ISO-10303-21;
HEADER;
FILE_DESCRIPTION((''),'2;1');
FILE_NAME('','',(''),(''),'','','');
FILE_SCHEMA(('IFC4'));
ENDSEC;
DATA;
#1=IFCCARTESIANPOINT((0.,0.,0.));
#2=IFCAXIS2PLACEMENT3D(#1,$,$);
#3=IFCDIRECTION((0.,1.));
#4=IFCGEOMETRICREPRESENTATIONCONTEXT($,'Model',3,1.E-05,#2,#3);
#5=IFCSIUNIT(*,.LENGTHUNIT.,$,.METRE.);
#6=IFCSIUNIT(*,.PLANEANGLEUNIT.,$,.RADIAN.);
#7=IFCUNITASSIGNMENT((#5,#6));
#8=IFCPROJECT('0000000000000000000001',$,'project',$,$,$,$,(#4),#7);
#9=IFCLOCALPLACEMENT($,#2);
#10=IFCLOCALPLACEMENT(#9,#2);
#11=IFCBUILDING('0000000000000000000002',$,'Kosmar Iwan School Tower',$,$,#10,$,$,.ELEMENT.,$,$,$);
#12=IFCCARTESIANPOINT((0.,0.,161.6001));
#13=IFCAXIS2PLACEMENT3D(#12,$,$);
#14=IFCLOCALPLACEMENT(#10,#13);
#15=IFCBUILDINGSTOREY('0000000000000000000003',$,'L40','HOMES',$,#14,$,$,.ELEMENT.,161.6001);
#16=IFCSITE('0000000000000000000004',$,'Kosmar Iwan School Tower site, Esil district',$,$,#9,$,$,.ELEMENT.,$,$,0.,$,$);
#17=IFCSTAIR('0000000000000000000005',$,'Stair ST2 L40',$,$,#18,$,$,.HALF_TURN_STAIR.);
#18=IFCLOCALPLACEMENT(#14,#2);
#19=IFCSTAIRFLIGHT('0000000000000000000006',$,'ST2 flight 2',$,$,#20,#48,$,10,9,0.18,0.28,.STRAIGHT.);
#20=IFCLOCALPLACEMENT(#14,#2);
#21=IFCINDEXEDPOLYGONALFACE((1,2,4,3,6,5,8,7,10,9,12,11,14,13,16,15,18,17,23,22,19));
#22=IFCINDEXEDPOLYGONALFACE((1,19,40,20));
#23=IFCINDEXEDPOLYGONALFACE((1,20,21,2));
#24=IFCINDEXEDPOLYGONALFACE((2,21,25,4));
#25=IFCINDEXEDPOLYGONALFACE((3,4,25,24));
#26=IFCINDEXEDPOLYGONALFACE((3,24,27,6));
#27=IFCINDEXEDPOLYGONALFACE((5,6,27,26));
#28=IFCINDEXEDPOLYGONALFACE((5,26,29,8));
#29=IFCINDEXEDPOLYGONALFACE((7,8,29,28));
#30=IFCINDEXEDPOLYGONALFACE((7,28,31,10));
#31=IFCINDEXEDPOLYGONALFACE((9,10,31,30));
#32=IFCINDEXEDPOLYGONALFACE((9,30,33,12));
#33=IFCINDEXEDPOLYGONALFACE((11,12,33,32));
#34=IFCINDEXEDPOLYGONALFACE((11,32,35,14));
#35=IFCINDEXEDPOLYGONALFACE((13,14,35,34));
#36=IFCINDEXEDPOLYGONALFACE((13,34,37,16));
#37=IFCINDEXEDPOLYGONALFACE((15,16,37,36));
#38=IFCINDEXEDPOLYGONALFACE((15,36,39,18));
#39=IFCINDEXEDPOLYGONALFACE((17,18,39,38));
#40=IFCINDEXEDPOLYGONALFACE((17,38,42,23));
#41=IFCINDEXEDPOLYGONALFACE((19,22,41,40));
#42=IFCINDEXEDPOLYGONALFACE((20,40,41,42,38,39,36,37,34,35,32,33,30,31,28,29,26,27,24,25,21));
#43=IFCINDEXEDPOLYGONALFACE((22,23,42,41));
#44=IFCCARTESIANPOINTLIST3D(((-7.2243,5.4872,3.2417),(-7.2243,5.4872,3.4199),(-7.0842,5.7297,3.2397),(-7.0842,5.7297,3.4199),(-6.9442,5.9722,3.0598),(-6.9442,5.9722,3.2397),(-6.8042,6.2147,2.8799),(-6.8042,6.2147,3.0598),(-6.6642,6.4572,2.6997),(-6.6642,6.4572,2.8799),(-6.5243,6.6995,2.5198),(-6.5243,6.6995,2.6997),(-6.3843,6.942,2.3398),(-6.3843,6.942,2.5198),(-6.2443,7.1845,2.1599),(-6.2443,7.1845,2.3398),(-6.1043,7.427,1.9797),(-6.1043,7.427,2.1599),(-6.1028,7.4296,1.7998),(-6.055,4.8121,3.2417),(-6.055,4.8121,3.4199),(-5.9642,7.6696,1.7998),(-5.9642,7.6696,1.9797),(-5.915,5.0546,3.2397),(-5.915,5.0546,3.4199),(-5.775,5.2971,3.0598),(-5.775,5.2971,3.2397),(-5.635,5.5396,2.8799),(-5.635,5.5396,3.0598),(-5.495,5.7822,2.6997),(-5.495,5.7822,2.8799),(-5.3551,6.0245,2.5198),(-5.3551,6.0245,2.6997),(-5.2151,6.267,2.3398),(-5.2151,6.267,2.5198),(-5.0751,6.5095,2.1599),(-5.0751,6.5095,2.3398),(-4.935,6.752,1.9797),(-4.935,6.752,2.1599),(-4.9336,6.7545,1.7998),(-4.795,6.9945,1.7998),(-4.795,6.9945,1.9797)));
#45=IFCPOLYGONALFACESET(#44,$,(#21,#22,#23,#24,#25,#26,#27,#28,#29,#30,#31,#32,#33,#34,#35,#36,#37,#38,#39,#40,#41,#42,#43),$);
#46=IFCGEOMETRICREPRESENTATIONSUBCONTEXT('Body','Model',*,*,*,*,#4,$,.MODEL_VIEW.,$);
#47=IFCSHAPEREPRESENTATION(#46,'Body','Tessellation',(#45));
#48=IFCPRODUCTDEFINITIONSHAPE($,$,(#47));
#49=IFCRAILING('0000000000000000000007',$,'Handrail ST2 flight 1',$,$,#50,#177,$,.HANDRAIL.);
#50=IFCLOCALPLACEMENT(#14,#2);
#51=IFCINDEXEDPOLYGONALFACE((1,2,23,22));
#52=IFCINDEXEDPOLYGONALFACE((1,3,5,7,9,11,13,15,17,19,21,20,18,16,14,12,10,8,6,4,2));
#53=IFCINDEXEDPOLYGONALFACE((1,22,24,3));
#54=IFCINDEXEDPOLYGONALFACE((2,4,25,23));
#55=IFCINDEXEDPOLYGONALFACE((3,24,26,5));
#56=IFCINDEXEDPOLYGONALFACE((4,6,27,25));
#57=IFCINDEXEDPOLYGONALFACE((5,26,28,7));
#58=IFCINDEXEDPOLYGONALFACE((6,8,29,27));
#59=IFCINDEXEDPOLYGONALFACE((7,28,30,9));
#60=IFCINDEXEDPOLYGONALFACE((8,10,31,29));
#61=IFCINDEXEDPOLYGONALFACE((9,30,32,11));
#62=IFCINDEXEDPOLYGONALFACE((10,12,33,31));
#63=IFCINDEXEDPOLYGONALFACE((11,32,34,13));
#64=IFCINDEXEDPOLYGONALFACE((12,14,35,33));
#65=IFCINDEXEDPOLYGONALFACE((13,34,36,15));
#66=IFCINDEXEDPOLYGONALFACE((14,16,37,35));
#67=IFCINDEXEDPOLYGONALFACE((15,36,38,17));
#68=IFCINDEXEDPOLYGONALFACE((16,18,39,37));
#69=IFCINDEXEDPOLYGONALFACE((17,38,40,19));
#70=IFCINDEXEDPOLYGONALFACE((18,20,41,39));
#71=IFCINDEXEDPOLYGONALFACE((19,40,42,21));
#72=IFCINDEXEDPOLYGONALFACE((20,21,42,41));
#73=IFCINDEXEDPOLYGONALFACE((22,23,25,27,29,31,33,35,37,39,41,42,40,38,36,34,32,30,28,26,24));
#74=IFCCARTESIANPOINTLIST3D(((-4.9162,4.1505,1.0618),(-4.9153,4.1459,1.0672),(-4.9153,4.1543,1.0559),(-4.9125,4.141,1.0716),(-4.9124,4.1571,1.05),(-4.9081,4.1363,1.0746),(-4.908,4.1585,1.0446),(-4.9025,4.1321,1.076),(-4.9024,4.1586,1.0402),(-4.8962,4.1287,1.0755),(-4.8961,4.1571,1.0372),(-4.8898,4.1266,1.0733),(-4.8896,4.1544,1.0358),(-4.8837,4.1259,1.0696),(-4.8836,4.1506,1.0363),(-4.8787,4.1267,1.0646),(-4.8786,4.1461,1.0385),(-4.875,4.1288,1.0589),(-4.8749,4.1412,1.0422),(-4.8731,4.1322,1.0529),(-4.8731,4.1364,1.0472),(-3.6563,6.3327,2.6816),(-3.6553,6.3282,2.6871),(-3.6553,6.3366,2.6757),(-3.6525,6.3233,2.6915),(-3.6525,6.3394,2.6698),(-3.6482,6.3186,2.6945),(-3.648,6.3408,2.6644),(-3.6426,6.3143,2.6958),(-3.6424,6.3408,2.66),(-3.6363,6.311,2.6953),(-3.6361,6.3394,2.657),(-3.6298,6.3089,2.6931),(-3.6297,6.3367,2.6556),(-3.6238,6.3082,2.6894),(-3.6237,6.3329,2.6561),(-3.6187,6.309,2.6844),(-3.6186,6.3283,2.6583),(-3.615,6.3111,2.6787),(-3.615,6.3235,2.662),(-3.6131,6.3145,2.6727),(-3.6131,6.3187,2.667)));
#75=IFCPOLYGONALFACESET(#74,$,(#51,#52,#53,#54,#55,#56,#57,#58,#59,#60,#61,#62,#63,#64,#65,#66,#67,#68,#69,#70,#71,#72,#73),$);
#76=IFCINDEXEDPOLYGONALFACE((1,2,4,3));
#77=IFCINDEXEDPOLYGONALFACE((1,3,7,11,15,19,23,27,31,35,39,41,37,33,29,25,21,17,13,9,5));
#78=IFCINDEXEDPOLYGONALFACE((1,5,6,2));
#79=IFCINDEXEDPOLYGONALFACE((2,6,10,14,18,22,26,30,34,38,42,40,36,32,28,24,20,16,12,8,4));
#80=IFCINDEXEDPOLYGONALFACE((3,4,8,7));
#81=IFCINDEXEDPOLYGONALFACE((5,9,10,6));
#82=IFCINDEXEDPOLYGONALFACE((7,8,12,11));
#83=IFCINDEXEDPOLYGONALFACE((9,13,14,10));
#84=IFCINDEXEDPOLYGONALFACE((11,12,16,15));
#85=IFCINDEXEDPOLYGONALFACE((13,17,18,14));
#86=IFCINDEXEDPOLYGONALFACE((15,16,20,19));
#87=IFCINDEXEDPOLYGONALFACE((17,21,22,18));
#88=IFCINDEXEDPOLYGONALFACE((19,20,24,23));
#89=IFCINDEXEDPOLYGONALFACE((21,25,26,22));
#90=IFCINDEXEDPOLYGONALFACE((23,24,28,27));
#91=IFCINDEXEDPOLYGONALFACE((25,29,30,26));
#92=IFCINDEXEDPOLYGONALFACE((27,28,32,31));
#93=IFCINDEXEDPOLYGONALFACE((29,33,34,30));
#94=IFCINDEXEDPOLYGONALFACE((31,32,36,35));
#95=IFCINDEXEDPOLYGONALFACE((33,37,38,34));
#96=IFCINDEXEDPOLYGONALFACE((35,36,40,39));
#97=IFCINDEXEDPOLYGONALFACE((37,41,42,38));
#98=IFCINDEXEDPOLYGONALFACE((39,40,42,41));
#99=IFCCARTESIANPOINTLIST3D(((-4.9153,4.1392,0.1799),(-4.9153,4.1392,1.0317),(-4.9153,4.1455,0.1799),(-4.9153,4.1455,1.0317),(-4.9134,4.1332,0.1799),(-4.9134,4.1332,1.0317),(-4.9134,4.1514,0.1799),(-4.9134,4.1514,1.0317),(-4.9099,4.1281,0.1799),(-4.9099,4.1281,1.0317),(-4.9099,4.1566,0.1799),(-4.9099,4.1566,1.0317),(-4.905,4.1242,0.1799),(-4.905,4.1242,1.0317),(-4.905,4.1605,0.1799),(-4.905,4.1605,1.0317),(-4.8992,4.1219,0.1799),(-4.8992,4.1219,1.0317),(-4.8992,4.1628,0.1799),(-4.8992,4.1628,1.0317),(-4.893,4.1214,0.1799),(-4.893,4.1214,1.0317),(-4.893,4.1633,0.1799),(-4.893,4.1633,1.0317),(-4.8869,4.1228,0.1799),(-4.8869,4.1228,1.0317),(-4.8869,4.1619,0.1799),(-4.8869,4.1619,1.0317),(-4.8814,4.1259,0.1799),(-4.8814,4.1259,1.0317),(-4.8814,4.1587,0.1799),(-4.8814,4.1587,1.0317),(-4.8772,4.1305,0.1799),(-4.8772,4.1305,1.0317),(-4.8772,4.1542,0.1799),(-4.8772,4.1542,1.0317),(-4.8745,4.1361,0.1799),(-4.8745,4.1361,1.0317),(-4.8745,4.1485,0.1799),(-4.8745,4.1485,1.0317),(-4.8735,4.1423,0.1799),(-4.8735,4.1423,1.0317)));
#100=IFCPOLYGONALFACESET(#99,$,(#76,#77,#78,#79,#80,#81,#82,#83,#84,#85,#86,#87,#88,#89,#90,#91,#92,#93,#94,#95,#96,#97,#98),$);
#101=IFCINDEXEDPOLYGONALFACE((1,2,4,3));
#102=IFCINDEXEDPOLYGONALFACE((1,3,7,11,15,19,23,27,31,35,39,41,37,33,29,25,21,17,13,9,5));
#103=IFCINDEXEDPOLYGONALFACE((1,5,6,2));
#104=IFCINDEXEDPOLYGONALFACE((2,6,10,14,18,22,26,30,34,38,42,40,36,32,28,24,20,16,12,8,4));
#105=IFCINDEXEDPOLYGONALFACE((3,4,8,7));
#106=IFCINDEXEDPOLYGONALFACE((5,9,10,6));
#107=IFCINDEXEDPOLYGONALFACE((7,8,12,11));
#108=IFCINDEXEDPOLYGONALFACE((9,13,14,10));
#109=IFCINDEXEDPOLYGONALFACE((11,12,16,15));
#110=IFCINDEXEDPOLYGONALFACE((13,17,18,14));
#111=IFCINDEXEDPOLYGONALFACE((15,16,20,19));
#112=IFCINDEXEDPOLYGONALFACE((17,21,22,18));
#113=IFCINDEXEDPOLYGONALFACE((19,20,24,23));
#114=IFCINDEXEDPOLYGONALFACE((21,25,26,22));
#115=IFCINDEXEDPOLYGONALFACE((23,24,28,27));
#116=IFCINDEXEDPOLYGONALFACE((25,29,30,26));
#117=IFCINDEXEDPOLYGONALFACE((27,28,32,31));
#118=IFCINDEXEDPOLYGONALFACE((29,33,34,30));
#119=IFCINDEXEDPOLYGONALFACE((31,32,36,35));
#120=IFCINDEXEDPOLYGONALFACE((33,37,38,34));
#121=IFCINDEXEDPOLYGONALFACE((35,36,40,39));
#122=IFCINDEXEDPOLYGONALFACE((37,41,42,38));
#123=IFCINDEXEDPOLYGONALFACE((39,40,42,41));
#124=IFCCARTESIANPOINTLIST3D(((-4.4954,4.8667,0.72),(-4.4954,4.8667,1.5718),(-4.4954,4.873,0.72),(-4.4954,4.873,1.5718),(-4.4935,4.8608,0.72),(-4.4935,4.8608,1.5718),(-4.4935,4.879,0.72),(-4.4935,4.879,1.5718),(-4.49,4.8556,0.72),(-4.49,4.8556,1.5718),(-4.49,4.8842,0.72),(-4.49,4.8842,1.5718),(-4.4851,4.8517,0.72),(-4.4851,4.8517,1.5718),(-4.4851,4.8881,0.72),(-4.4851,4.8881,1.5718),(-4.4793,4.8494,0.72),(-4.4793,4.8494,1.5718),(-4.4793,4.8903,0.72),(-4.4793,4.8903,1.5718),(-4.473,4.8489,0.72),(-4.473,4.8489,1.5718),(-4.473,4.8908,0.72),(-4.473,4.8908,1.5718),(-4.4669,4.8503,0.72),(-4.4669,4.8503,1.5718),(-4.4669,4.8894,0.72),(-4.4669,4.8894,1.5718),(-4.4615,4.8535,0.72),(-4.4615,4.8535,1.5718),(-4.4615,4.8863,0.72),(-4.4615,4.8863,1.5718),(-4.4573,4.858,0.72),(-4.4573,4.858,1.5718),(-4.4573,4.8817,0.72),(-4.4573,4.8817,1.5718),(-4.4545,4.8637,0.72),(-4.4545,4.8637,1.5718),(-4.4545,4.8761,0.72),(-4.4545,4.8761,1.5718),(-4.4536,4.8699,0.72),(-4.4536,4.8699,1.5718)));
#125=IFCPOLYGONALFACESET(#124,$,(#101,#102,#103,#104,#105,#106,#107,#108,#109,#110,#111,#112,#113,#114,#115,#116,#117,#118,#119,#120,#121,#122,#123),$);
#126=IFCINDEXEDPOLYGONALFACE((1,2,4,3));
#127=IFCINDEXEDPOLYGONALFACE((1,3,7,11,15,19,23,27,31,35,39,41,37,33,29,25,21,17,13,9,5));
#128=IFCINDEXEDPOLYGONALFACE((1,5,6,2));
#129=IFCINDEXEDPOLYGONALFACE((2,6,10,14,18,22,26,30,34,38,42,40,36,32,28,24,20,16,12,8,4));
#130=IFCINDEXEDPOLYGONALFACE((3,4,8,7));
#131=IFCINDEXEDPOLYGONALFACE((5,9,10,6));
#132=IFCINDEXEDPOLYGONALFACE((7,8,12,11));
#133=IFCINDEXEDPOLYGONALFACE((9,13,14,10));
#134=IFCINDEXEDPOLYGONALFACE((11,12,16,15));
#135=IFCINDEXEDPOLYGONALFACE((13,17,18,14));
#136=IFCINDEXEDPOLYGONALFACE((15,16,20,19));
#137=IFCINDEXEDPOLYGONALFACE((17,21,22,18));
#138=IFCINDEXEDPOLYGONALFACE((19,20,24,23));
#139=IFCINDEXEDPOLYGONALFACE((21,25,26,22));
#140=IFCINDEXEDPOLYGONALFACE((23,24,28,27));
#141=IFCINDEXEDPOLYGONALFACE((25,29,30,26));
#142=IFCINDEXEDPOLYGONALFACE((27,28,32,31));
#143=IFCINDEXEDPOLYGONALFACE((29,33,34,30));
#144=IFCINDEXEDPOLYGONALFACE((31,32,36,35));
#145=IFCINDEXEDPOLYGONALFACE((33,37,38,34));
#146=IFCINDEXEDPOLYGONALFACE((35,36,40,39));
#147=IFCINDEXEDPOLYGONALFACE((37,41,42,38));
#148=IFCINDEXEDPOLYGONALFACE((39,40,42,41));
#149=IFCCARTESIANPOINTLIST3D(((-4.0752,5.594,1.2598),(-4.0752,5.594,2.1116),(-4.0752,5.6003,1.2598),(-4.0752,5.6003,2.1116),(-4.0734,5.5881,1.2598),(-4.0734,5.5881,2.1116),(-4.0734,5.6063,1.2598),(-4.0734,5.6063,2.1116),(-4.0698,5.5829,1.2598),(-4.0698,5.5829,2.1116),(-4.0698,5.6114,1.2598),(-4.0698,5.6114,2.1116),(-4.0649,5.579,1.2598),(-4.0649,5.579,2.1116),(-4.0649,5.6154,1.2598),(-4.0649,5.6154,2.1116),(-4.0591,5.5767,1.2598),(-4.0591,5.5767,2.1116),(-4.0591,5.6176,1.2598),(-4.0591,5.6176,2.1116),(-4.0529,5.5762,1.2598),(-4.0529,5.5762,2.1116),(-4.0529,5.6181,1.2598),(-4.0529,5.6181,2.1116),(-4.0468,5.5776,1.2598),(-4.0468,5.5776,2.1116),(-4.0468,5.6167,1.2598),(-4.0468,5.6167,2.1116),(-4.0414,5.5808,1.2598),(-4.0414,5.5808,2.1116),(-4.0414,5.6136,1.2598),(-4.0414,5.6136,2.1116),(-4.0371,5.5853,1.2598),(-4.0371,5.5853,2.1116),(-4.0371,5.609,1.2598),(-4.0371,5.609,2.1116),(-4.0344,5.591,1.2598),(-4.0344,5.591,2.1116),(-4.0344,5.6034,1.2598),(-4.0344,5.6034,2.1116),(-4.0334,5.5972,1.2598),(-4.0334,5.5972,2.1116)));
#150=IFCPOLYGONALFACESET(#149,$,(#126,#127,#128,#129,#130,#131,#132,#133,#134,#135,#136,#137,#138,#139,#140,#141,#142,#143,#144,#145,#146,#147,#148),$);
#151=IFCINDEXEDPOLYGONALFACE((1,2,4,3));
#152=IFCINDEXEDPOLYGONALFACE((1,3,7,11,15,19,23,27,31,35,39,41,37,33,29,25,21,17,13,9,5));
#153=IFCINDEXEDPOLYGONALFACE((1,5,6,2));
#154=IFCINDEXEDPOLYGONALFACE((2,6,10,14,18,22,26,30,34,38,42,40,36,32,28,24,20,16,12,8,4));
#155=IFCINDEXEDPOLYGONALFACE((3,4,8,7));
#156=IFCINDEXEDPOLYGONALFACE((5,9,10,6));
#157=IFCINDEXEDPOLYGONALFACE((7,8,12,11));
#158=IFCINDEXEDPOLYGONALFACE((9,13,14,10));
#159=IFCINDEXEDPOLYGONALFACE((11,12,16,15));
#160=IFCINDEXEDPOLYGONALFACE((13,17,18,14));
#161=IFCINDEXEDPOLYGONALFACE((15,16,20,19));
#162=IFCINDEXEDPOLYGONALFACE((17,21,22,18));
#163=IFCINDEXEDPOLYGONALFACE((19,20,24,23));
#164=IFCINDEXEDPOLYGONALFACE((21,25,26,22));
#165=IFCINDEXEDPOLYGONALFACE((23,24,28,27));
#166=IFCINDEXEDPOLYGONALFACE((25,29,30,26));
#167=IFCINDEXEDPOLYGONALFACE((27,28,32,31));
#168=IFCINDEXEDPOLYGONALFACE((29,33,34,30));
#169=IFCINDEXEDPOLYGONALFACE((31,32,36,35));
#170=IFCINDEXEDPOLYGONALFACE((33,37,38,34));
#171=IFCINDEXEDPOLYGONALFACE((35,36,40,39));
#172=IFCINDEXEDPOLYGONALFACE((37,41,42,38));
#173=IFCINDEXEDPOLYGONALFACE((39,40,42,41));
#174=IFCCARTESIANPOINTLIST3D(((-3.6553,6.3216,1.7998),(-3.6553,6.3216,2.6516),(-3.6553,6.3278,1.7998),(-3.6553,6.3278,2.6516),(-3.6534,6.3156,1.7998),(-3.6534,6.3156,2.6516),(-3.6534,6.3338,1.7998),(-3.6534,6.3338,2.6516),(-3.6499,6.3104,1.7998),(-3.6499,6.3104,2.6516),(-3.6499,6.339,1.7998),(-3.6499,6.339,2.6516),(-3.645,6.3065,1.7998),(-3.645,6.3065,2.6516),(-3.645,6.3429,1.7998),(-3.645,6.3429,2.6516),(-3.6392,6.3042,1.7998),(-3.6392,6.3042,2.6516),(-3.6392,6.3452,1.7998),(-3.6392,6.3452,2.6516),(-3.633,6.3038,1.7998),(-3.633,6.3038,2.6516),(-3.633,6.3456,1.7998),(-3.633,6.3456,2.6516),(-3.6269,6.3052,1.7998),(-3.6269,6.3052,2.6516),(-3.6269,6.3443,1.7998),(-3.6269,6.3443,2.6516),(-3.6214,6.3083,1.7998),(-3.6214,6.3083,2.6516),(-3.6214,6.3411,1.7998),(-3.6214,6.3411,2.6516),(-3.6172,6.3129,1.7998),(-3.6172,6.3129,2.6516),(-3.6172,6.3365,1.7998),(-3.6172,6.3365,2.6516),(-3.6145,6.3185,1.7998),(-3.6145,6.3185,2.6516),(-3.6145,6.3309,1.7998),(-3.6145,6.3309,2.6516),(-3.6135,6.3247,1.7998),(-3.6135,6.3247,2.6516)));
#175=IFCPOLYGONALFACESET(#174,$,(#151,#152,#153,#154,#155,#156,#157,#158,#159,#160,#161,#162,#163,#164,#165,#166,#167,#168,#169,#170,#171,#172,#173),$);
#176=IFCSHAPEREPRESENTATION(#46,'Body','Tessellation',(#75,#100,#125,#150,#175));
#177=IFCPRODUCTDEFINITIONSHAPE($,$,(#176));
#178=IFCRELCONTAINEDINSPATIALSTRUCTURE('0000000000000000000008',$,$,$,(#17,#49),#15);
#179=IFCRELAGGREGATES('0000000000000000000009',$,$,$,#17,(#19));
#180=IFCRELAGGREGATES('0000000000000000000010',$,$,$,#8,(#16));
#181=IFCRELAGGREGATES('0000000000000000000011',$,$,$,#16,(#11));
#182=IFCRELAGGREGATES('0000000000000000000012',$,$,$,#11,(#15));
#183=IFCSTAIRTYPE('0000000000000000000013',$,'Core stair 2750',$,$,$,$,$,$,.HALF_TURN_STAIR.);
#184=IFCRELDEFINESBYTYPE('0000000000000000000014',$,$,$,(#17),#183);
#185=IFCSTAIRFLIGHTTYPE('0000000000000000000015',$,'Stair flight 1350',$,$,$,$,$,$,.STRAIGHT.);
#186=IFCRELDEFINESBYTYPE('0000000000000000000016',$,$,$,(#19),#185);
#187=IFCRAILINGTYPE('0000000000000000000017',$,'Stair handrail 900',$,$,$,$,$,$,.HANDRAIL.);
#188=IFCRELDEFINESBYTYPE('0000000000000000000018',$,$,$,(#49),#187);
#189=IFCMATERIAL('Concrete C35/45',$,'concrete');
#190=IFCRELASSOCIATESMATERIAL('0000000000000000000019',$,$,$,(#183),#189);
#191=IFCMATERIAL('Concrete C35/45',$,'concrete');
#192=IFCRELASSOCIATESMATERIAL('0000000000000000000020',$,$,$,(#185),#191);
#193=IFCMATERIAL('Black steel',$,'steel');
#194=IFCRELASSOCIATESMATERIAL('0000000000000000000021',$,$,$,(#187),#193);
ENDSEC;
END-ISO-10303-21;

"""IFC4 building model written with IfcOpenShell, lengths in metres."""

from ifc_helpers import new_model, si_unit, direction, frame, origin, origin_2d, place, context, subcontext, project, spatial, polyline, circle, outline, extrude, material, type_object, element, aggregate, save


model = new_model("IFC4")

# Units and contexts
model_context = context("Model", 3, precision=1e-05, world=origin(), true_north=direction((0.0, 1.0)))
body_context = subcontext(model_context, "Body", "Model", "MODEL_VIEW")
ifc_project = project(units=[si_unit("LENGTHUNIT", "METRE"), si_unit("PLANEANGLEUNIT", "RADIAN")], contexts=[model_context])

# Site, building, storey
site_placement = place(None, origin())
site = spatial("IfcSite", under=ifc_project, at=site_placement, Name="Kosmar Iwan School Tower site, Esil district", CompositionType="ELEMENT", RefElevation=0.0)
building_placement = place(site_placement, origin())
building = spatial("IfcBuilding", under=site, at=building_placement, Name="Kosmar Iwan School Tower", CompositionType="ELEMENT")
storey_placement = place(building_placement, frame((0.0, 0.0, 161.6001)))
storey = spatial("IfcBuildingStorey", under=building, at=storey_placement, Name="L40", Description="HOMES", CompositionType="ELEMENT", Elevation=161.6001)

# Stair, stair flight
ifc_material_1 = material(Name="Concrete C35/45", Category="concrete")
stair_type = type_object("IfcStairType", Name="Core stair 2750", PredefinedType="HALF_TURN_STAIR", material=ifc_material_1)
stair_placement = place(storey_placement, origin())
stair = element("IfcStair", 1, at=stair_placement, inside=storey, type_object=stair_type, Name="Stair ST2 L40", PredefinedType="HALF_TURN_STAIR")
ifc_material_2 = material(Name="Concrete C35/45", Category="concrete")
stair_flight_type = type_object("IfcStairFlightType", Name="Stair flight 1350", PredefinedType="STRAIGHT", material=ifc_material_2)
stair_flight_1_placement = place(storey_placement, frame((-5.3796, 7.332, 1.7998), z_axis=(0.0, 0.0, 1.0), x_axis=(-0.5, -0.866025, 0.0)))
stair_flight_1 = element("IfcStairFlight", 2, at=stair_flight_1_placement, type_object=stair_flight_type, Name="ST2 flight 2", NumberOfRisers=10, NumberOfTreads=9, PredefinedType="STRAIGHT", RiserHeight=0.18, TreadLength=0.28, context=body_context, shape_type="SweptSolid", body=[
    extrude(outline(polyline([(0.0, 0.0), (0.0, 0.1799), (0.28, 0.1799), (0.28, 0.3601), (0.5601, 0.3601), (0.5601, 0.54), (0.8401, 0.54), (0.8401, 0.72), (1.1201, 0.72), (1.1201, 0.8999), (1.3999, 0.8999), (1.3999, 1.0801), (1.6799, 1.0801), (1.6799, 1.26), (1.96, 1.26), (1.96, 1.4399), (2.24, 1.4399), (2.24, 1.6201), (2.52, 1.6201), (2.52, 1.8), (2.52, 1.4419), (0.2771, 0.0), (0.0, 0.0)])), frame((0.0, 0.675, 0.0), z_axis=(0.0, -1.0, 0.0), x_axis=(1.0, 0.0, 0.0)), (0.0, 0.0, 1.0), 1.3501),
])
aggregate(stair, [stair_flight_1])

# Railing
ifc_material_3 = material(Name="Black steel", Category="steel")
railing_type = type_object("IfcRailingType", Name="Stair handrail 900", PredefinedType="HANDRAIL", material=ifc_material_3)
railing_1_placement = place(storey_placement, frame((-4.8945, 4.1423, 0.1799)))
element("IfcRailing", 3, at=railing_1_placement, inside=storey, type_object=railing_type, Name="Handrail ST2 flight 1", PredefinedType="HANDRAIL", context=body_context, shape_type="SweptSolid", body=[
    extrude(circle(Radius=0.0239, at=origin_2d()), frame((0.0, 0.0, 0.876), z_axis=(0.420603, 0.728496, 0.540728), x_axis=(-0.866023, 0.500005, 0.0)), (0.0, 0.0, 1.0), 2.9956),
    extrude(circle(Radius=0.021, at=origin_2d()), origin(), (0.0, 0.0, 1.0), 0.8518),
    extrude(circle(Radius=0.021, at=origin_2d()), frame((0.4199, 0.7275, 0.54)), (0.0, 0.0, 1.0), 0.8518),
    extrude(circle(Radius=0.021, at=origin_2d()), frame((0.8401, 1.4548, 1.0798)), (0.0, 0.0, 1.0), 0.8518),
    extrude(circle(Radius=0.021, at=origin_2d()), frame((1.26, 2.1824, 1.6199)), (0.0, 0.0, 1.0), 0.8518),
])

save(model, "model.ifc")
